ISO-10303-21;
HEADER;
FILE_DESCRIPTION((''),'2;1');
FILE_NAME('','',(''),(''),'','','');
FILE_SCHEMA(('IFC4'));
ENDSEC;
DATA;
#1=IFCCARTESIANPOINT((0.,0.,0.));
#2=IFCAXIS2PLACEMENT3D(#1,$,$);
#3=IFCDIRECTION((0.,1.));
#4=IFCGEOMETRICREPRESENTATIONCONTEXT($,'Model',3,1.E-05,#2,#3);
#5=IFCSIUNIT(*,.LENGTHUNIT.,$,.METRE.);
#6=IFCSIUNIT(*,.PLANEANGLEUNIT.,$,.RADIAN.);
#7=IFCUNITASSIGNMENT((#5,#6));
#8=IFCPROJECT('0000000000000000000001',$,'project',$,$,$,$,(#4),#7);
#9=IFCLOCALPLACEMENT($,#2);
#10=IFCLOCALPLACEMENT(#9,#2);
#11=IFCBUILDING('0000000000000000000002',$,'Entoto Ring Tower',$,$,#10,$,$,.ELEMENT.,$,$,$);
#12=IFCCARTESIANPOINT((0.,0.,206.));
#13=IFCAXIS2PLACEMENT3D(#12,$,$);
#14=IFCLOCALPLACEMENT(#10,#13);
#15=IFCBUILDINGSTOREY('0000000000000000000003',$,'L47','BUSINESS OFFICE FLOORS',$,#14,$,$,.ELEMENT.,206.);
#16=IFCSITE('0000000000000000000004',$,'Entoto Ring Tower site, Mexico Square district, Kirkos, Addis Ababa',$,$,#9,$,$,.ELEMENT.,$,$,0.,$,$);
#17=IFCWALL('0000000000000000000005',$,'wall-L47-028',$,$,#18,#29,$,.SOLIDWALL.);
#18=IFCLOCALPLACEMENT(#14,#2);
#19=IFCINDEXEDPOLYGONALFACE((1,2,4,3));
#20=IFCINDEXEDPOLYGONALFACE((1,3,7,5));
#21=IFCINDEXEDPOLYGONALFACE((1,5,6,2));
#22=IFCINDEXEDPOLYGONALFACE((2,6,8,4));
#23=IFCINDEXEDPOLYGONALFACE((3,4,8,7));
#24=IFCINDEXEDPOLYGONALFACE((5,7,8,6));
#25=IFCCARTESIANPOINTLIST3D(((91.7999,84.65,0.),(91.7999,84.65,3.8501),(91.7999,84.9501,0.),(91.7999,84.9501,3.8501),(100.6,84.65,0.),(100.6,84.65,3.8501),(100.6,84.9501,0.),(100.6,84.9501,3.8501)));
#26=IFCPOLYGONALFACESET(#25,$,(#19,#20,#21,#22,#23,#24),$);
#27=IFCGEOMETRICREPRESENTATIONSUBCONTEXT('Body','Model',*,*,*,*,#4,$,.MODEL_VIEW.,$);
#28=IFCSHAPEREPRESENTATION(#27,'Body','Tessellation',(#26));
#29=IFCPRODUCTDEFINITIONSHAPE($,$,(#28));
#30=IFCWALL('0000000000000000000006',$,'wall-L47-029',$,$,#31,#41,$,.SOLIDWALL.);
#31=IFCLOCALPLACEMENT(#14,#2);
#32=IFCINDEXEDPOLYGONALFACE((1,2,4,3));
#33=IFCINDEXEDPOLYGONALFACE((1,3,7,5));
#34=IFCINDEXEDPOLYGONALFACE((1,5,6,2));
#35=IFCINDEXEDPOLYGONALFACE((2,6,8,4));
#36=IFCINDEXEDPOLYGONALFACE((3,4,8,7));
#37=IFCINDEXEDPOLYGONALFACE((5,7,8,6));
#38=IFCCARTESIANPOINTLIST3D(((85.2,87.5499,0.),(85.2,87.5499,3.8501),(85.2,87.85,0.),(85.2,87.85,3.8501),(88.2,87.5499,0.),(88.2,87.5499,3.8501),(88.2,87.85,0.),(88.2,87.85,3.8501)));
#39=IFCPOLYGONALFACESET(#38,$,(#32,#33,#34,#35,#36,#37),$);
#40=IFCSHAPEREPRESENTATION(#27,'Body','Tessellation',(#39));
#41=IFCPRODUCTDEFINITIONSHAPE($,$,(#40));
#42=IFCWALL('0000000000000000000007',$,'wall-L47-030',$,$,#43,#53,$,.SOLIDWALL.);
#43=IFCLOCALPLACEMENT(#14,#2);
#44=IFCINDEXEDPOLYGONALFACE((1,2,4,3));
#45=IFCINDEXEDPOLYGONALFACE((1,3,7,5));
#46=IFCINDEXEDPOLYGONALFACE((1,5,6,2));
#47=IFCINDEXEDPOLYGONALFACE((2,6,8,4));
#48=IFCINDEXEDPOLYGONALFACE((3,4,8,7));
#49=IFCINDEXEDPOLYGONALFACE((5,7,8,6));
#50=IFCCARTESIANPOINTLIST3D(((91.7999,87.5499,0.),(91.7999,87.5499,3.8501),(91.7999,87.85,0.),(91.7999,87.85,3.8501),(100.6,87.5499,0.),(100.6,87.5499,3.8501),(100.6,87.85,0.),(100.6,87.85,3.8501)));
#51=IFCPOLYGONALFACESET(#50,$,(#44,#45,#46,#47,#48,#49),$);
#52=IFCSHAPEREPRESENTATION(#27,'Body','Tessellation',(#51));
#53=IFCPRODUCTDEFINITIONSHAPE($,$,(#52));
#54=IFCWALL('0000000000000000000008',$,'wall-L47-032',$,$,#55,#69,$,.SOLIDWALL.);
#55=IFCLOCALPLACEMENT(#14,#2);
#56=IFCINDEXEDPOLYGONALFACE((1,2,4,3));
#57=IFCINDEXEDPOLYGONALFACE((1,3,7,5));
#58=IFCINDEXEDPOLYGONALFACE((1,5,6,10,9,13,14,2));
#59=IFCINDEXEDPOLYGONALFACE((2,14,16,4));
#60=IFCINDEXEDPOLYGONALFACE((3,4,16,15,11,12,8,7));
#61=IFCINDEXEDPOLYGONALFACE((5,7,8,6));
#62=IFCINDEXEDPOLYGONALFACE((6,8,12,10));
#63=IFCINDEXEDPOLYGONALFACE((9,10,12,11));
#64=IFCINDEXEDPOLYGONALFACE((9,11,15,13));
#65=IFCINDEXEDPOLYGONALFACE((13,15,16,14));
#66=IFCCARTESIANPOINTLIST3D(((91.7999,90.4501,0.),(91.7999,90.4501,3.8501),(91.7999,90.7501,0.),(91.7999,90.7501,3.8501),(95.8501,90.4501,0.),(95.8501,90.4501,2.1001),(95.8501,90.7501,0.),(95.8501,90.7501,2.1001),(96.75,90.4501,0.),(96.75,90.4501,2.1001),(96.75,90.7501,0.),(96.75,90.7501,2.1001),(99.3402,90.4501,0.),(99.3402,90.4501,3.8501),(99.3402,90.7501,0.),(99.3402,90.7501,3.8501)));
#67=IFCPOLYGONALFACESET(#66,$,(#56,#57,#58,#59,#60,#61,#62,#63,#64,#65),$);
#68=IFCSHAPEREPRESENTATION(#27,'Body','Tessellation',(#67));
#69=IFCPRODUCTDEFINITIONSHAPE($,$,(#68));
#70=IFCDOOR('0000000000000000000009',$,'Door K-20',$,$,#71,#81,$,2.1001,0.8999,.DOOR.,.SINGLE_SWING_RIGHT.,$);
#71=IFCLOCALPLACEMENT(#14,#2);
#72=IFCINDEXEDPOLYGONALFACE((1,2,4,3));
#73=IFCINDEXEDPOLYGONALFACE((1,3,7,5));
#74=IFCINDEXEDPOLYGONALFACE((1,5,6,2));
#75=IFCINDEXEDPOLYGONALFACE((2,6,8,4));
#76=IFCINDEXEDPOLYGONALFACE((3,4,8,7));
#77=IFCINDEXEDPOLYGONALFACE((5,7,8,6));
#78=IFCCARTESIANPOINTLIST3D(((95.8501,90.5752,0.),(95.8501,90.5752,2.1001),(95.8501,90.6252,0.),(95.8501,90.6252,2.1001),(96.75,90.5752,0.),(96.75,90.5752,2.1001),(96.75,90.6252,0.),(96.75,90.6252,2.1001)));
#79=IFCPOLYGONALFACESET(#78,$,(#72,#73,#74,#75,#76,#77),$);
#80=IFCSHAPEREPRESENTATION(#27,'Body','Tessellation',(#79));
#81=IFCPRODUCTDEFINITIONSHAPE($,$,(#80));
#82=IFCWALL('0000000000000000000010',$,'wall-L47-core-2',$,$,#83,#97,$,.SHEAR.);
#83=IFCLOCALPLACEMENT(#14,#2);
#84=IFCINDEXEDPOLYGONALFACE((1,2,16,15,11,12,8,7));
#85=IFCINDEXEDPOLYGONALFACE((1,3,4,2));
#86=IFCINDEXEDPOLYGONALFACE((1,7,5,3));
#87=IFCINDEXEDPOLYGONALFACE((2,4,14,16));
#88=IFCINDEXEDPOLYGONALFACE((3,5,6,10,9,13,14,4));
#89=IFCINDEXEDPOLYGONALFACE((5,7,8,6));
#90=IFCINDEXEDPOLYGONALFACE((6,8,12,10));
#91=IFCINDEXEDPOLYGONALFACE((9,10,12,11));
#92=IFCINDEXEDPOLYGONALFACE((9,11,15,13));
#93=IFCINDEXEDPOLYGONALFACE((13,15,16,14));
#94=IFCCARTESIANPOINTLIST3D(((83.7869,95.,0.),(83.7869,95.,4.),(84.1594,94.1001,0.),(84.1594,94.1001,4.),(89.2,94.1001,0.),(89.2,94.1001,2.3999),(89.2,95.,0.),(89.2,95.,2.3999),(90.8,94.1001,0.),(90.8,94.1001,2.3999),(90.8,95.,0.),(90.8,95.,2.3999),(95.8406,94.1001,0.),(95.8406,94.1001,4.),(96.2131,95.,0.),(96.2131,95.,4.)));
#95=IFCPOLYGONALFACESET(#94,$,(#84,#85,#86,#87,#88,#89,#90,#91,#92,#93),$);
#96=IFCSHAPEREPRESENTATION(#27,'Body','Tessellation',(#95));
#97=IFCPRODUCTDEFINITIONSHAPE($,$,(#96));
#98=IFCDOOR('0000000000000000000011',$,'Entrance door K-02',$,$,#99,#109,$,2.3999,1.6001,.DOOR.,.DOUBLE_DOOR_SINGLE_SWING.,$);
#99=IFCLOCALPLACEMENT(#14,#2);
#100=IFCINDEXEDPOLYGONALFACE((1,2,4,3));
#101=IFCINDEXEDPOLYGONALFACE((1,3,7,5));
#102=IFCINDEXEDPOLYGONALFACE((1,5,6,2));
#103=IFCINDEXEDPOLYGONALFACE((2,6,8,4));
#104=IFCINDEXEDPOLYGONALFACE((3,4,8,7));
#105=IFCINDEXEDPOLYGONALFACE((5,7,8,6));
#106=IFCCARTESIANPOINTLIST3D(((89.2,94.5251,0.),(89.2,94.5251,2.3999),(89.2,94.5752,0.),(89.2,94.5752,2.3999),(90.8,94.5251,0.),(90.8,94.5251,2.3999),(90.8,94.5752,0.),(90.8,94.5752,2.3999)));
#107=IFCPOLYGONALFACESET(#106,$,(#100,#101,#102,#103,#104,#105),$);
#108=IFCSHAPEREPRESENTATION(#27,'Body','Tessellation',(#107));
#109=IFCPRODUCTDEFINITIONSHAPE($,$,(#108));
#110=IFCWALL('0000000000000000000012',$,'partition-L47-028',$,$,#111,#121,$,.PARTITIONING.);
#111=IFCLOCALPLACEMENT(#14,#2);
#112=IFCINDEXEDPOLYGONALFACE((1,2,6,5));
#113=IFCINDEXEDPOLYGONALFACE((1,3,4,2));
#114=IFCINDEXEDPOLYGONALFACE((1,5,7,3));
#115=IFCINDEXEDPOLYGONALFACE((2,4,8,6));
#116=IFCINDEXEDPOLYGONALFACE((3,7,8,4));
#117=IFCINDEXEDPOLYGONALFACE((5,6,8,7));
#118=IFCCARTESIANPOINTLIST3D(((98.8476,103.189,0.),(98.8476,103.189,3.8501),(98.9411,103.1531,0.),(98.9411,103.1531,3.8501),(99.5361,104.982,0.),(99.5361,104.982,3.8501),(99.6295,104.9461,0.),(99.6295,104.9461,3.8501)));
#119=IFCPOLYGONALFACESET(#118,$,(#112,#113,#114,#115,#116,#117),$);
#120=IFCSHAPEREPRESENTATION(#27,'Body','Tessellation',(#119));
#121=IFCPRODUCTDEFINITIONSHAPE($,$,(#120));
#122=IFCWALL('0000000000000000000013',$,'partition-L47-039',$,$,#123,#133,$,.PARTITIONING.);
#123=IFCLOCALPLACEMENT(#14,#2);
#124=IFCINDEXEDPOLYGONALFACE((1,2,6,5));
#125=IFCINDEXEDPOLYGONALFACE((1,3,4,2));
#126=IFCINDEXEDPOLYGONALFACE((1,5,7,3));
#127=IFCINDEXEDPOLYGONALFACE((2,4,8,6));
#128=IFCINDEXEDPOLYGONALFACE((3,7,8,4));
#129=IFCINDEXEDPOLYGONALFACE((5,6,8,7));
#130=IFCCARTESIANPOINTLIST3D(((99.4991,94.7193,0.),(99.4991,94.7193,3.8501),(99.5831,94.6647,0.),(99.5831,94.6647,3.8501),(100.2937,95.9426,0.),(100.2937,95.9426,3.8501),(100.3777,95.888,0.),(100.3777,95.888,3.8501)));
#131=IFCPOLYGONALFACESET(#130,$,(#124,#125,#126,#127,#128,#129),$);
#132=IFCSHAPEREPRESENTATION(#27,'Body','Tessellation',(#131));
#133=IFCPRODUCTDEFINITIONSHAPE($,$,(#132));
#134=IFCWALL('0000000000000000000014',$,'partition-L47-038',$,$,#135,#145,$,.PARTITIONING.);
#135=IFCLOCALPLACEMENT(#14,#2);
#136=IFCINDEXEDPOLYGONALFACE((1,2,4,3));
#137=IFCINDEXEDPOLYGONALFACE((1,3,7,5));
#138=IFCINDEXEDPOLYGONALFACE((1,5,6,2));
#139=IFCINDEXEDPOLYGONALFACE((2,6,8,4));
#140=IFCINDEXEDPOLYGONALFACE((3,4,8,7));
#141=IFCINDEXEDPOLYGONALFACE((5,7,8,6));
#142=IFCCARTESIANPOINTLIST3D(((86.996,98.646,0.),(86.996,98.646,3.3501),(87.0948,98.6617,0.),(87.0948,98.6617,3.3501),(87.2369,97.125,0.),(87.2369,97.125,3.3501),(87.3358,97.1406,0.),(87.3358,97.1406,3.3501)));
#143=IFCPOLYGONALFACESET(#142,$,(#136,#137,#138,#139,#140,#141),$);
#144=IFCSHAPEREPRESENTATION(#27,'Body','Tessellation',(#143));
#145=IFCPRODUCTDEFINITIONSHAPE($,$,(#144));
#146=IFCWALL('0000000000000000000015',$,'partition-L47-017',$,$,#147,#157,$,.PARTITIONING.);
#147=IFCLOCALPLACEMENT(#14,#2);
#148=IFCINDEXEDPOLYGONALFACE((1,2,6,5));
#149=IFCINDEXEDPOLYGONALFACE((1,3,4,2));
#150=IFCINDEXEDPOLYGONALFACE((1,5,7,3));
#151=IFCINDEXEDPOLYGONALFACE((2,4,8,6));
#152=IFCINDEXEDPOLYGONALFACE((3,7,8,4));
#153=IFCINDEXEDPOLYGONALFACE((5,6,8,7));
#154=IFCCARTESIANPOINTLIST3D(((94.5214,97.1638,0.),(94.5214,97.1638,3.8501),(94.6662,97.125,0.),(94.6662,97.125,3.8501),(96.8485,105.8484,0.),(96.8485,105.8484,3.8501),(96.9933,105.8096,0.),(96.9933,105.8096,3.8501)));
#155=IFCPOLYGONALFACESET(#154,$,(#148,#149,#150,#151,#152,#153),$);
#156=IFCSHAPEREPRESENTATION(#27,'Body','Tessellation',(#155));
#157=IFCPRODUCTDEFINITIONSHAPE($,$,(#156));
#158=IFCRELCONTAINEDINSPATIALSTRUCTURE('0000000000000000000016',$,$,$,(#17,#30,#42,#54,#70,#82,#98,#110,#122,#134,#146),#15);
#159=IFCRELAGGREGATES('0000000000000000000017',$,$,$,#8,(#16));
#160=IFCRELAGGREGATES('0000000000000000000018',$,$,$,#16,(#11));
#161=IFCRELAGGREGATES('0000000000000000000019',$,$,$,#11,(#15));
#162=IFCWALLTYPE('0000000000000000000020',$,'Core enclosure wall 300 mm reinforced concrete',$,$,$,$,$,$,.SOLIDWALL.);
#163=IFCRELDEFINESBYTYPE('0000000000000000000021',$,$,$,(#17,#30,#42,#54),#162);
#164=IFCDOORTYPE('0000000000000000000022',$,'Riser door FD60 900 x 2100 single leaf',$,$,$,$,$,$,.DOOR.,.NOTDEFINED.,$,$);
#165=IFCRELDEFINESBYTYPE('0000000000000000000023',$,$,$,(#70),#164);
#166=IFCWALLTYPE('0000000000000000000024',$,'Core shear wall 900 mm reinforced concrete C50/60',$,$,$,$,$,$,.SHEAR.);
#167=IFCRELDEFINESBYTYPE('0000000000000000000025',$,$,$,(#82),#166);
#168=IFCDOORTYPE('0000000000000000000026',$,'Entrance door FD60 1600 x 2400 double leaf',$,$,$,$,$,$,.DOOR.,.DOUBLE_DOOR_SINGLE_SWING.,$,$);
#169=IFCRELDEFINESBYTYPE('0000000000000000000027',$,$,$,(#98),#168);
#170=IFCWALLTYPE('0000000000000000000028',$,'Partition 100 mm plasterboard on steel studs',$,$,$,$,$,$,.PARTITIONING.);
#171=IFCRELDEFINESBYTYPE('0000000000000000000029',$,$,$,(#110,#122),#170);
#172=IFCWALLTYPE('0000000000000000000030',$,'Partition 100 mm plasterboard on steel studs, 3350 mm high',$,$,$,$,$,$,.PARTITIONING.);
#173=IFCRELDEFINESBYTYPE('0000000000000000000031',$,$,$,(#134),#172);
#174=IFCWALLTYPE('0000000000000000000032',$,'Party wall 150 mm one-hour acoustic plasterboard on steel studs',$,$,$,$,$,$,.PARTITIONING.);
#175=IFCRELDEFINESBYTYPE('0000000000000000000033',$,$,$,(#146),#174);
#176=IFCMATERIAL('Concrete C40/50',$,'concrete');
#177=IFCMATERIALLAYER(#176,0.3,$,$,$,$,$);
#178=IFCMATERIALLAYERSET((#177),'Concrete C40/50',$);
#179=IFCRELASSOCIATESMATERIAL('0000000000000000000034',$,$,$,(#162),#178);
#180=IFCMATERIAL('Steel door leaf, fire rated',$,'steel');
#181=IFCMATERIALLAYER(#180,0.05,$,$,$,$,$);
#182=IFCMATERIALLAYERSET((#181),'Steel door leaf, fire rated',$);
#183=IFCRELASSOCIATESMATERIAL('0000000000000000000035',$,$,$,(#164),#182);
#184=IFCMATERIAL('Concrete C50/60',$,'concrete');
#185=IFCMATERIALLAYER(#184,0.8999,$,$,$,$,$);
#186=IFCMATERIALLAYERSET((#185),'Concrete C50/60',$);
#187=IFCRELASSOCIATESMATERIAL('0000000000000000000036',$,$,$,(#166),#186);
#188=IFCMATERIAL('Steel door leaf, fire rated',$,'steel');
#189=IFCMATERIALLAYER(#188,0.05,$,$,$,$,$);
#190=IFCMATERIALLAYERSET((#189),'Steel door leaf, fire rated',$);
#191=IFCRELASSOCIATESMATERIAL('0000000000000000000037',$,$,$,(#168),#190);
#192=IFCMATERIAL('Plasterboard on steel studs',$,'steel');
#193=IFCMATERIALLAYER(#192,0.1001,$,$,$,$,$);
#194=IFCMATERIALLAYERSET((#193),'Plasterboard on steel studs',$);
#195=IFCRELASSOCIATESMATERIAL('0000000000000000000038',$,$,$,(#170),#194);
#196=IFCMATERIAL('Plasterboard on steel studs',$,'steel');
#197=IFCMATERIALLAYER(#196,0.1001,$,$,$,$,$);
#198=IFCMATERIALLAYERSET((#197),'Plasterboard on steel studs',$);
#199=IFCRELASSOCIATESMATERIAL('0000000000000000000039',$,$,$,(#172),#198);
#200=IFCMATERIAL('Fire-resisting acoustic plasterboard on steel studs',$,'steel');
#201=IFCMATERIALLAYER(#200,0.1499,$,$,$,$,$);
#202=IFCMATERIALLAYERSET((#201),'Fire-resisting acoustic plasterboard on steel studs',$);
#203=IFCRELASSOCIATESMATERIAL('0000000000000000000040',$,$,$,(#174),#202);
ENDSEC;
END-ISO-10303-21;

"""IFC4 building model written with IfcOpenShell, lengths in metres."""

from ifc_helpers import new_model, si_unit, direction, frame, frame_2d, origin, place, context, subcontext, project, spatial, polyline, rectangle, outline, extrude, material, layer, layer_set, type_object, element, fill, save


model = new_model("IFC4")

# Units and contexts
model_context = context("Model", 3, precision=1e-05, world=origin(), true_north=direction((0.0, 1.0)))
body_context = subcontext(model_context, "Body", "Model", "MODEL_VIEW")
ifc_project = project(units=[si_unit("LENGTHUNIT", "METRE"), si_unit("PLANEANGLEUNIT", "RADIAN")], contexts=[model_context])

# Site, building, storey
site_placement = place(None, origin())
site = spatial("IfcSite", under=ifc_project, at=site_placement, Name="Entoto Ring Tower site, Mexico Square district, Kirkos, Addis Ababa", CompositionType="ELEMENT", RefElevation=0.0)
building_placement = place(site_placement, origin())
building = spatial("IfcBuilding", under=site, at=building_placement, Name="Entoto Ring Tower", CompositionType="ELEMENT")
storey_placement = place(building_placement, frame((0.0, 0.0, 206.0)))
storey = spatial("IfcBuildingStorey", under=building, at=storey_placement, Name="L47", Description="BUSINESS OFFICE FLOORS", CompositionType="ELEMENT", Elevation=206.0)

# Shared definitions
ifc_material_1 = material(Name="Concrete C40/50", Category="concrete")
ifc_layer_1 = layer(ifc_material_1, 0.3)
ifc_layer_set_1 = layer_set([ifc_layer_1], Name="Concrete C40/50")
wall_type_1 = type_object("IfcWallType", Name="Core enclosure wall 300 mm reinforced concrete", PredefinedType="SOLIDWALL", material=ifc_layer_set_1)

# Walls
wall_1_placement = place(storey_placement, frame((91.8, 84.8, 0.0), z_axis=(0.0, 0.0, 1.0), x_axis=(1.0, 0.0, 0.0)))
element("IfcWall", 1, at=wall_1_placement, inside=storey, type_object=wall_type_1, Name="wall-L47-028", PredefinedType="SOLIDWALL", context=body_context, shape_type="SweptSolid", body=[
    extrude(rectangle(XDim=8.8, YDim=0.3, at=frame_2d((4.3999, 0.0))), origin(), (0.0, 0.0, 1.0), 3.8501),
])
wall_2_placement = place(storey_placement, frame((85.2, 87.7, 0.0), z_axis=(0.0, 0.0, 1.0), x_axis=(1.0, 0.0, 0.0)))
element("IfcWall", 2, at=wall_2_placement, inside=storey, type_object=wall_type_1, Name="wall-L47-029", PredefinedType="SOLIDWALL", context=body_context, shape_type="SweptSolid", body=[
    extrude(rectangle(XDim=3.0, YDim=0.3, at=frame_2d((1.5, 0.0))), origin(), (0.0, 0.0, 1.0), 3.8501),
])
wall_3_placement = place(storey_placement, frame((91.8, 87.7, 0.0), z_axis=(0.0, 0.0, 1.0), x_axis=(1.0, 0.0, 0.0)))
element("IfcWall", 3, at=wall_3_placement, inside=storey, type_object=wall_type_1, Name="wall-L47-030", PredefinedType="SOLIDWALL", context=body_context, shape_type="SweptSolid", body=[
    extrude(rectangle(XDim=8.8, YDim=0.3, at=frame_2d((4.3999, 0.0))), origin(), (0.0, 0.0, 1.0), 3.8501),
])

# Walls, openings, doors
wall_4_placement = place(storey_placement, frame((91.8, 90.6001, 0.0), z_axis=(0.0, 0.0, 1.0), x_axis=(1.0, 0.0, 0.0)))
wall_4 = element("IfcWall", 4, at=wall_4_placement, inside=storey, type_object=wall_type_1, Name="wall-L47-032", PredefinedType="SOLIDWALL", context=body_context, shape_type="SweptSolid", body=[
    extrude(rectangle(XDim=7.5403, YDim=0.3, at=frame_2d((3.77, 0.0))), origin(), (0.0, 0.0, 1.0), 3.8501),
])
opening_1_placement = place(wall_4_placement, frame((4.05, 0.0, 0.0)))
opening_1 = element("IfcOpeningElement", 5, at=opening_1_placement, cuts=wall_4, PredefinedType="OPENING", context=body_context, shape_type="SweptSolid", body=[
    extrude(rectangle(XDim=0.8999, YDim=2.1001, at=frame_2d((0.45, 1.05))), frame((0.0, 0.1602, 0.0), z_axis=(0.0, -1.0, 0.0), x_axis=(1.0, 0.0, 0.0)), (0.0, 0.0, 1.0), 0.3201),
])
ifc_material_2 = material(Name="Steel door leaf, fire rated", Category="steel")
ifc_layer_2 = layer(ifc_material_2, 0.05)
ifc_layer_set_2 = layer_set([ifc_layer_2], Name="Steel door leaf, fire rated")
door_type_1 = type_object("IfcDoorType", Name="Riser door FD60 900 x 2100 single leaf", OperationType="NOTDEFINED", PredefinedType="DOOR", material=ifc_layer_set_2)
door_1_placement = place(opening_1_placement, frame((0.8999, 0.0, 0.0), z_axis=(0.0, 0.0, 1.0), x_axis=(-1.0, 0.0, 0.0)))
door_1 = element("IfcDoor", 6, at=door_1_placement, inside=storey, type_object=door_type_1, Name="Door K-20", OperationType="SINGLE_SWING_RIGHT", OverallHeight=2.1001, OverallWidth=0.8999, PredefinedType="DOOR", context=body_context, shape_type="SweptSolid", body=[
    extrude(rectangle(XDim=0.8999, YDim=2.1001, at=frame_2d((0.45, 1.05))), frame((0.0, 0.0249, 0.0), z_axis=(0.0, -1.0, 0.0), x_axis=(1.0, 0.0, 0.0)), (0.0, 0.0, 1.0), 0.05),
])
fill(opening_1, door_1)
ifc_material_3 = material(Name="Concrete C50/60", Category="concrete")
ifc_layer_3 = layer(ifc_material_3, 0.8999)
ifc_layer_set_3 = layer_set([ifc_layer_3], Name="Concrete C50/60")
wall_type_2 = type_object("IfcWallType", Name="Core shear wall 900 mm reinforced concrete C50/60", PredefinedType="SHEAR", material=ifc_layer_set_3)
wall_5_placement = place(storey_placement, frame((96.0269, 94.55, 0.0), z_axis=(0.0, 0.0, 1.0), x_axis=(-1.0, 0.0, 0.0)))
wall_5 = element("IfcWall", 7, at=wall_5_placement, inside=storey, type_object=wall_type_2, Name="wall-L47-core-2", PredefinedType="SHEAR", context=body_context, shape_type="SweptSolid", body=[
    extrude(outline(polyline([(-0.1863, -0.45), (12.24, -0.45), (11.8674, 0.45), (0.1863, 0.45), (-0.1863, -0.45)])), origin(), (0.0, 0.0, 1.0), 4.0),
])
opening_2_placement = place(wall_5_placement, frame((5.2268, 0.0, 0.0)))
opening_2 = element("IfcOpeningElement", 8, at=opening_2_placement, cuts=wall_5, PredefinedType="OPENING", context=body_context, shape_type="SweptSolid", body=[
    extrude(rectangle(XDim=1.6001, YDim=2.3999, at=frame_2d((0.8, 1.2))), frame((0.0, 0.46, 0.0), z_axis=(0.0, -1.0, 0.0), x_axis=(1.0, 0.0, 0.0)), (0.0, 0.0, 1.0), 0.9199),
])
ifc_material_4 = material(Name="Steel door leaf, fire rated", Category="steel")
ifc_layer_4 = layer(ifc_material_4, 0.05)
ifc_layer_set_4 = layer_set([ifc_layer_4], Name="Steel door leaf, fire rated")
door_type_2 = type_object("IfcDoorType", Name="Entrance door FD60 1600 x 2400 double leaf", OperationType="DOUBLE_DOOR_SINGLE_SWING", PredefinedType="DOOR", material=ifc_layer_set_4)
door_2_placement = place(opening_2_placement, origin())
door_2 = element("IfcDoor", 9, at=door_2_placement, inside=storey, type_object=door_type_2, Name="Entrance door K-02", OperationType="DOUBLE_DOOR_SINGLE_SWING", OverallHeight=2.3999, OverallWidth=1.6001, PredefinedType="DOOR", context=body_context, shape_type="SweptSolid", body=[
    extrude(rectangle(XDim=1.6001, YDim=2.3999, at=frame_2d((0.8, 1.2))), frame((0.0, 0.0249, 0.0), z_axis=(0.0, -1.0, 0.0), x_axis=(1.0, 0.0, 0.0)), (0.0, 0.0, 1.0), 0.05),
])
fill(opening_2, door_2)

# Walls
ifc_material_5 = material(Name="Plasterboard on steel studs", Category="steel")
ifc_layer_5 = layer(ifc_material_5, 0.1001)
ifc_layer_set_5 = layer_set([ifc_layer_5], Name="Plasterboard on steel studs")
wall_type_3 = type_object("IfcWallType", Name="Partition 100 mm plasterboard on steel studs", PredefinedType="PARTITIONING", material=ifc_layer_set_5)
wall_6_placement = place(storey_placement, frame((98.8943, 103.1709, 0.0), z_axis=(0.0, 0.0, 1.0), x_axis=(0.358468, 0.933542, 0.0)))
element("IfcWall", 10, at=wall_6_placement, inside=storey, type_object=wall_type_3, Name="partition-L47-028", PredefinedType="PARTITIONING", context=body_context, shape_type="SweptSolid", body=[
    extrude(rectangle(XDim=1.9207, YDim=0.1001, at=frame_2d((0.9604, 0.0))), origin(), (0.0, 0.0, 1.0), 3.8501),
])
wall_7_placement = place(storey_placement, frame((99.541, 94.6919, 0.0), z_axis=(0.0, 0.0, 1.0), x_axis=(0.544735, 0.838608, 0.0)))
element("IfcWall", 11, at=wall_7_placement, inside=storey, type_object=wall_type_3, Name="partition-L47-039", PredefinedType="PARTITIONING", context=body_context, shape_type="SweptSolid", body=[
    extrude(rectangle(XDim=1.4587, YDim=0.1001, at=frame_2d((0.7295, 0.0))), origin(), (0.0, 0.0, 1.0), 3.8501),
])
ifc_material_6 = material(Name="Plasterboard on steel studs", Category="steel")
ifc_layer_6 = layer(ifc_material_6, 0.1001)
ifc_layer_set_6 = layer_set([ifc_layer_6], Name="Plasterboard on steel studs")
wall_type_4 = type_object("IfcWallType", Name="Partition 100 mm plasterboard on steel studs, 3350 mm high", PredefinedType="PARTITIONING", material=ifc_layer_set_6)
wall_8_placement = place(storey_placement, frame((87.2864, 97.1328, 0.0), z_axis=(0.0, 0.0, 1.0), x_axis=(-0.156475, 0.987682, 0.0)))
element("IfcWall", 12, at=wall_8_placement, inside=storey, type_object=wall_type_4, Name="partition-L47-038", PredefinedType="PARTITIONING", context=body_context, shape_type="SweptSolid", body=[
    extrude(rectangle(XDim=1.54, YDim=0.1001, at=frame_2d((0.77, 0.0))), origin(), (0.0, 0.0, 1.0), 3.3501),
])
ifc_material_7 = material(Name="Fire-resisting acoustic plasterboard on steel studs", Category="steel")
ifc_layer_7 = layer(ifc_material_7, 0.1499)
ifc_layer_set_7 = layer_set([ifc_layer_7], Name="Fire-resisting acoustic plasterboard on steel studs")
wall_type_5 = type_object("IfcWallType", Name="Party wall 150 mm one-hour acoustic plasterboard on steel studs", PredefinedType="PARTITIONING", material=ifc_layer_set_7)
wall_9_placement = place(storey_placement, frame((94.5938, 97.1443, 0.0), z_axis=(0.0, 0.0, 1.0), x_axis=(0.258832, 0.965922, 0.0)))
element("IfcWall", 13, at=wall_9_placement, inside=storey, type_object=wall_type_5, Name="partition-L47-017", PredefinedType="PARTITIONING", context=body_context, shape_type="SweptSolid", body=[
    extrude(rectangle(XDim=8.991, YDim=0.1499, at=frame_2d((4.4956, 0.0))), origin(), (0.0, 0.0, 1.0), 3.8501),
])

save(model, "model.ifc")
